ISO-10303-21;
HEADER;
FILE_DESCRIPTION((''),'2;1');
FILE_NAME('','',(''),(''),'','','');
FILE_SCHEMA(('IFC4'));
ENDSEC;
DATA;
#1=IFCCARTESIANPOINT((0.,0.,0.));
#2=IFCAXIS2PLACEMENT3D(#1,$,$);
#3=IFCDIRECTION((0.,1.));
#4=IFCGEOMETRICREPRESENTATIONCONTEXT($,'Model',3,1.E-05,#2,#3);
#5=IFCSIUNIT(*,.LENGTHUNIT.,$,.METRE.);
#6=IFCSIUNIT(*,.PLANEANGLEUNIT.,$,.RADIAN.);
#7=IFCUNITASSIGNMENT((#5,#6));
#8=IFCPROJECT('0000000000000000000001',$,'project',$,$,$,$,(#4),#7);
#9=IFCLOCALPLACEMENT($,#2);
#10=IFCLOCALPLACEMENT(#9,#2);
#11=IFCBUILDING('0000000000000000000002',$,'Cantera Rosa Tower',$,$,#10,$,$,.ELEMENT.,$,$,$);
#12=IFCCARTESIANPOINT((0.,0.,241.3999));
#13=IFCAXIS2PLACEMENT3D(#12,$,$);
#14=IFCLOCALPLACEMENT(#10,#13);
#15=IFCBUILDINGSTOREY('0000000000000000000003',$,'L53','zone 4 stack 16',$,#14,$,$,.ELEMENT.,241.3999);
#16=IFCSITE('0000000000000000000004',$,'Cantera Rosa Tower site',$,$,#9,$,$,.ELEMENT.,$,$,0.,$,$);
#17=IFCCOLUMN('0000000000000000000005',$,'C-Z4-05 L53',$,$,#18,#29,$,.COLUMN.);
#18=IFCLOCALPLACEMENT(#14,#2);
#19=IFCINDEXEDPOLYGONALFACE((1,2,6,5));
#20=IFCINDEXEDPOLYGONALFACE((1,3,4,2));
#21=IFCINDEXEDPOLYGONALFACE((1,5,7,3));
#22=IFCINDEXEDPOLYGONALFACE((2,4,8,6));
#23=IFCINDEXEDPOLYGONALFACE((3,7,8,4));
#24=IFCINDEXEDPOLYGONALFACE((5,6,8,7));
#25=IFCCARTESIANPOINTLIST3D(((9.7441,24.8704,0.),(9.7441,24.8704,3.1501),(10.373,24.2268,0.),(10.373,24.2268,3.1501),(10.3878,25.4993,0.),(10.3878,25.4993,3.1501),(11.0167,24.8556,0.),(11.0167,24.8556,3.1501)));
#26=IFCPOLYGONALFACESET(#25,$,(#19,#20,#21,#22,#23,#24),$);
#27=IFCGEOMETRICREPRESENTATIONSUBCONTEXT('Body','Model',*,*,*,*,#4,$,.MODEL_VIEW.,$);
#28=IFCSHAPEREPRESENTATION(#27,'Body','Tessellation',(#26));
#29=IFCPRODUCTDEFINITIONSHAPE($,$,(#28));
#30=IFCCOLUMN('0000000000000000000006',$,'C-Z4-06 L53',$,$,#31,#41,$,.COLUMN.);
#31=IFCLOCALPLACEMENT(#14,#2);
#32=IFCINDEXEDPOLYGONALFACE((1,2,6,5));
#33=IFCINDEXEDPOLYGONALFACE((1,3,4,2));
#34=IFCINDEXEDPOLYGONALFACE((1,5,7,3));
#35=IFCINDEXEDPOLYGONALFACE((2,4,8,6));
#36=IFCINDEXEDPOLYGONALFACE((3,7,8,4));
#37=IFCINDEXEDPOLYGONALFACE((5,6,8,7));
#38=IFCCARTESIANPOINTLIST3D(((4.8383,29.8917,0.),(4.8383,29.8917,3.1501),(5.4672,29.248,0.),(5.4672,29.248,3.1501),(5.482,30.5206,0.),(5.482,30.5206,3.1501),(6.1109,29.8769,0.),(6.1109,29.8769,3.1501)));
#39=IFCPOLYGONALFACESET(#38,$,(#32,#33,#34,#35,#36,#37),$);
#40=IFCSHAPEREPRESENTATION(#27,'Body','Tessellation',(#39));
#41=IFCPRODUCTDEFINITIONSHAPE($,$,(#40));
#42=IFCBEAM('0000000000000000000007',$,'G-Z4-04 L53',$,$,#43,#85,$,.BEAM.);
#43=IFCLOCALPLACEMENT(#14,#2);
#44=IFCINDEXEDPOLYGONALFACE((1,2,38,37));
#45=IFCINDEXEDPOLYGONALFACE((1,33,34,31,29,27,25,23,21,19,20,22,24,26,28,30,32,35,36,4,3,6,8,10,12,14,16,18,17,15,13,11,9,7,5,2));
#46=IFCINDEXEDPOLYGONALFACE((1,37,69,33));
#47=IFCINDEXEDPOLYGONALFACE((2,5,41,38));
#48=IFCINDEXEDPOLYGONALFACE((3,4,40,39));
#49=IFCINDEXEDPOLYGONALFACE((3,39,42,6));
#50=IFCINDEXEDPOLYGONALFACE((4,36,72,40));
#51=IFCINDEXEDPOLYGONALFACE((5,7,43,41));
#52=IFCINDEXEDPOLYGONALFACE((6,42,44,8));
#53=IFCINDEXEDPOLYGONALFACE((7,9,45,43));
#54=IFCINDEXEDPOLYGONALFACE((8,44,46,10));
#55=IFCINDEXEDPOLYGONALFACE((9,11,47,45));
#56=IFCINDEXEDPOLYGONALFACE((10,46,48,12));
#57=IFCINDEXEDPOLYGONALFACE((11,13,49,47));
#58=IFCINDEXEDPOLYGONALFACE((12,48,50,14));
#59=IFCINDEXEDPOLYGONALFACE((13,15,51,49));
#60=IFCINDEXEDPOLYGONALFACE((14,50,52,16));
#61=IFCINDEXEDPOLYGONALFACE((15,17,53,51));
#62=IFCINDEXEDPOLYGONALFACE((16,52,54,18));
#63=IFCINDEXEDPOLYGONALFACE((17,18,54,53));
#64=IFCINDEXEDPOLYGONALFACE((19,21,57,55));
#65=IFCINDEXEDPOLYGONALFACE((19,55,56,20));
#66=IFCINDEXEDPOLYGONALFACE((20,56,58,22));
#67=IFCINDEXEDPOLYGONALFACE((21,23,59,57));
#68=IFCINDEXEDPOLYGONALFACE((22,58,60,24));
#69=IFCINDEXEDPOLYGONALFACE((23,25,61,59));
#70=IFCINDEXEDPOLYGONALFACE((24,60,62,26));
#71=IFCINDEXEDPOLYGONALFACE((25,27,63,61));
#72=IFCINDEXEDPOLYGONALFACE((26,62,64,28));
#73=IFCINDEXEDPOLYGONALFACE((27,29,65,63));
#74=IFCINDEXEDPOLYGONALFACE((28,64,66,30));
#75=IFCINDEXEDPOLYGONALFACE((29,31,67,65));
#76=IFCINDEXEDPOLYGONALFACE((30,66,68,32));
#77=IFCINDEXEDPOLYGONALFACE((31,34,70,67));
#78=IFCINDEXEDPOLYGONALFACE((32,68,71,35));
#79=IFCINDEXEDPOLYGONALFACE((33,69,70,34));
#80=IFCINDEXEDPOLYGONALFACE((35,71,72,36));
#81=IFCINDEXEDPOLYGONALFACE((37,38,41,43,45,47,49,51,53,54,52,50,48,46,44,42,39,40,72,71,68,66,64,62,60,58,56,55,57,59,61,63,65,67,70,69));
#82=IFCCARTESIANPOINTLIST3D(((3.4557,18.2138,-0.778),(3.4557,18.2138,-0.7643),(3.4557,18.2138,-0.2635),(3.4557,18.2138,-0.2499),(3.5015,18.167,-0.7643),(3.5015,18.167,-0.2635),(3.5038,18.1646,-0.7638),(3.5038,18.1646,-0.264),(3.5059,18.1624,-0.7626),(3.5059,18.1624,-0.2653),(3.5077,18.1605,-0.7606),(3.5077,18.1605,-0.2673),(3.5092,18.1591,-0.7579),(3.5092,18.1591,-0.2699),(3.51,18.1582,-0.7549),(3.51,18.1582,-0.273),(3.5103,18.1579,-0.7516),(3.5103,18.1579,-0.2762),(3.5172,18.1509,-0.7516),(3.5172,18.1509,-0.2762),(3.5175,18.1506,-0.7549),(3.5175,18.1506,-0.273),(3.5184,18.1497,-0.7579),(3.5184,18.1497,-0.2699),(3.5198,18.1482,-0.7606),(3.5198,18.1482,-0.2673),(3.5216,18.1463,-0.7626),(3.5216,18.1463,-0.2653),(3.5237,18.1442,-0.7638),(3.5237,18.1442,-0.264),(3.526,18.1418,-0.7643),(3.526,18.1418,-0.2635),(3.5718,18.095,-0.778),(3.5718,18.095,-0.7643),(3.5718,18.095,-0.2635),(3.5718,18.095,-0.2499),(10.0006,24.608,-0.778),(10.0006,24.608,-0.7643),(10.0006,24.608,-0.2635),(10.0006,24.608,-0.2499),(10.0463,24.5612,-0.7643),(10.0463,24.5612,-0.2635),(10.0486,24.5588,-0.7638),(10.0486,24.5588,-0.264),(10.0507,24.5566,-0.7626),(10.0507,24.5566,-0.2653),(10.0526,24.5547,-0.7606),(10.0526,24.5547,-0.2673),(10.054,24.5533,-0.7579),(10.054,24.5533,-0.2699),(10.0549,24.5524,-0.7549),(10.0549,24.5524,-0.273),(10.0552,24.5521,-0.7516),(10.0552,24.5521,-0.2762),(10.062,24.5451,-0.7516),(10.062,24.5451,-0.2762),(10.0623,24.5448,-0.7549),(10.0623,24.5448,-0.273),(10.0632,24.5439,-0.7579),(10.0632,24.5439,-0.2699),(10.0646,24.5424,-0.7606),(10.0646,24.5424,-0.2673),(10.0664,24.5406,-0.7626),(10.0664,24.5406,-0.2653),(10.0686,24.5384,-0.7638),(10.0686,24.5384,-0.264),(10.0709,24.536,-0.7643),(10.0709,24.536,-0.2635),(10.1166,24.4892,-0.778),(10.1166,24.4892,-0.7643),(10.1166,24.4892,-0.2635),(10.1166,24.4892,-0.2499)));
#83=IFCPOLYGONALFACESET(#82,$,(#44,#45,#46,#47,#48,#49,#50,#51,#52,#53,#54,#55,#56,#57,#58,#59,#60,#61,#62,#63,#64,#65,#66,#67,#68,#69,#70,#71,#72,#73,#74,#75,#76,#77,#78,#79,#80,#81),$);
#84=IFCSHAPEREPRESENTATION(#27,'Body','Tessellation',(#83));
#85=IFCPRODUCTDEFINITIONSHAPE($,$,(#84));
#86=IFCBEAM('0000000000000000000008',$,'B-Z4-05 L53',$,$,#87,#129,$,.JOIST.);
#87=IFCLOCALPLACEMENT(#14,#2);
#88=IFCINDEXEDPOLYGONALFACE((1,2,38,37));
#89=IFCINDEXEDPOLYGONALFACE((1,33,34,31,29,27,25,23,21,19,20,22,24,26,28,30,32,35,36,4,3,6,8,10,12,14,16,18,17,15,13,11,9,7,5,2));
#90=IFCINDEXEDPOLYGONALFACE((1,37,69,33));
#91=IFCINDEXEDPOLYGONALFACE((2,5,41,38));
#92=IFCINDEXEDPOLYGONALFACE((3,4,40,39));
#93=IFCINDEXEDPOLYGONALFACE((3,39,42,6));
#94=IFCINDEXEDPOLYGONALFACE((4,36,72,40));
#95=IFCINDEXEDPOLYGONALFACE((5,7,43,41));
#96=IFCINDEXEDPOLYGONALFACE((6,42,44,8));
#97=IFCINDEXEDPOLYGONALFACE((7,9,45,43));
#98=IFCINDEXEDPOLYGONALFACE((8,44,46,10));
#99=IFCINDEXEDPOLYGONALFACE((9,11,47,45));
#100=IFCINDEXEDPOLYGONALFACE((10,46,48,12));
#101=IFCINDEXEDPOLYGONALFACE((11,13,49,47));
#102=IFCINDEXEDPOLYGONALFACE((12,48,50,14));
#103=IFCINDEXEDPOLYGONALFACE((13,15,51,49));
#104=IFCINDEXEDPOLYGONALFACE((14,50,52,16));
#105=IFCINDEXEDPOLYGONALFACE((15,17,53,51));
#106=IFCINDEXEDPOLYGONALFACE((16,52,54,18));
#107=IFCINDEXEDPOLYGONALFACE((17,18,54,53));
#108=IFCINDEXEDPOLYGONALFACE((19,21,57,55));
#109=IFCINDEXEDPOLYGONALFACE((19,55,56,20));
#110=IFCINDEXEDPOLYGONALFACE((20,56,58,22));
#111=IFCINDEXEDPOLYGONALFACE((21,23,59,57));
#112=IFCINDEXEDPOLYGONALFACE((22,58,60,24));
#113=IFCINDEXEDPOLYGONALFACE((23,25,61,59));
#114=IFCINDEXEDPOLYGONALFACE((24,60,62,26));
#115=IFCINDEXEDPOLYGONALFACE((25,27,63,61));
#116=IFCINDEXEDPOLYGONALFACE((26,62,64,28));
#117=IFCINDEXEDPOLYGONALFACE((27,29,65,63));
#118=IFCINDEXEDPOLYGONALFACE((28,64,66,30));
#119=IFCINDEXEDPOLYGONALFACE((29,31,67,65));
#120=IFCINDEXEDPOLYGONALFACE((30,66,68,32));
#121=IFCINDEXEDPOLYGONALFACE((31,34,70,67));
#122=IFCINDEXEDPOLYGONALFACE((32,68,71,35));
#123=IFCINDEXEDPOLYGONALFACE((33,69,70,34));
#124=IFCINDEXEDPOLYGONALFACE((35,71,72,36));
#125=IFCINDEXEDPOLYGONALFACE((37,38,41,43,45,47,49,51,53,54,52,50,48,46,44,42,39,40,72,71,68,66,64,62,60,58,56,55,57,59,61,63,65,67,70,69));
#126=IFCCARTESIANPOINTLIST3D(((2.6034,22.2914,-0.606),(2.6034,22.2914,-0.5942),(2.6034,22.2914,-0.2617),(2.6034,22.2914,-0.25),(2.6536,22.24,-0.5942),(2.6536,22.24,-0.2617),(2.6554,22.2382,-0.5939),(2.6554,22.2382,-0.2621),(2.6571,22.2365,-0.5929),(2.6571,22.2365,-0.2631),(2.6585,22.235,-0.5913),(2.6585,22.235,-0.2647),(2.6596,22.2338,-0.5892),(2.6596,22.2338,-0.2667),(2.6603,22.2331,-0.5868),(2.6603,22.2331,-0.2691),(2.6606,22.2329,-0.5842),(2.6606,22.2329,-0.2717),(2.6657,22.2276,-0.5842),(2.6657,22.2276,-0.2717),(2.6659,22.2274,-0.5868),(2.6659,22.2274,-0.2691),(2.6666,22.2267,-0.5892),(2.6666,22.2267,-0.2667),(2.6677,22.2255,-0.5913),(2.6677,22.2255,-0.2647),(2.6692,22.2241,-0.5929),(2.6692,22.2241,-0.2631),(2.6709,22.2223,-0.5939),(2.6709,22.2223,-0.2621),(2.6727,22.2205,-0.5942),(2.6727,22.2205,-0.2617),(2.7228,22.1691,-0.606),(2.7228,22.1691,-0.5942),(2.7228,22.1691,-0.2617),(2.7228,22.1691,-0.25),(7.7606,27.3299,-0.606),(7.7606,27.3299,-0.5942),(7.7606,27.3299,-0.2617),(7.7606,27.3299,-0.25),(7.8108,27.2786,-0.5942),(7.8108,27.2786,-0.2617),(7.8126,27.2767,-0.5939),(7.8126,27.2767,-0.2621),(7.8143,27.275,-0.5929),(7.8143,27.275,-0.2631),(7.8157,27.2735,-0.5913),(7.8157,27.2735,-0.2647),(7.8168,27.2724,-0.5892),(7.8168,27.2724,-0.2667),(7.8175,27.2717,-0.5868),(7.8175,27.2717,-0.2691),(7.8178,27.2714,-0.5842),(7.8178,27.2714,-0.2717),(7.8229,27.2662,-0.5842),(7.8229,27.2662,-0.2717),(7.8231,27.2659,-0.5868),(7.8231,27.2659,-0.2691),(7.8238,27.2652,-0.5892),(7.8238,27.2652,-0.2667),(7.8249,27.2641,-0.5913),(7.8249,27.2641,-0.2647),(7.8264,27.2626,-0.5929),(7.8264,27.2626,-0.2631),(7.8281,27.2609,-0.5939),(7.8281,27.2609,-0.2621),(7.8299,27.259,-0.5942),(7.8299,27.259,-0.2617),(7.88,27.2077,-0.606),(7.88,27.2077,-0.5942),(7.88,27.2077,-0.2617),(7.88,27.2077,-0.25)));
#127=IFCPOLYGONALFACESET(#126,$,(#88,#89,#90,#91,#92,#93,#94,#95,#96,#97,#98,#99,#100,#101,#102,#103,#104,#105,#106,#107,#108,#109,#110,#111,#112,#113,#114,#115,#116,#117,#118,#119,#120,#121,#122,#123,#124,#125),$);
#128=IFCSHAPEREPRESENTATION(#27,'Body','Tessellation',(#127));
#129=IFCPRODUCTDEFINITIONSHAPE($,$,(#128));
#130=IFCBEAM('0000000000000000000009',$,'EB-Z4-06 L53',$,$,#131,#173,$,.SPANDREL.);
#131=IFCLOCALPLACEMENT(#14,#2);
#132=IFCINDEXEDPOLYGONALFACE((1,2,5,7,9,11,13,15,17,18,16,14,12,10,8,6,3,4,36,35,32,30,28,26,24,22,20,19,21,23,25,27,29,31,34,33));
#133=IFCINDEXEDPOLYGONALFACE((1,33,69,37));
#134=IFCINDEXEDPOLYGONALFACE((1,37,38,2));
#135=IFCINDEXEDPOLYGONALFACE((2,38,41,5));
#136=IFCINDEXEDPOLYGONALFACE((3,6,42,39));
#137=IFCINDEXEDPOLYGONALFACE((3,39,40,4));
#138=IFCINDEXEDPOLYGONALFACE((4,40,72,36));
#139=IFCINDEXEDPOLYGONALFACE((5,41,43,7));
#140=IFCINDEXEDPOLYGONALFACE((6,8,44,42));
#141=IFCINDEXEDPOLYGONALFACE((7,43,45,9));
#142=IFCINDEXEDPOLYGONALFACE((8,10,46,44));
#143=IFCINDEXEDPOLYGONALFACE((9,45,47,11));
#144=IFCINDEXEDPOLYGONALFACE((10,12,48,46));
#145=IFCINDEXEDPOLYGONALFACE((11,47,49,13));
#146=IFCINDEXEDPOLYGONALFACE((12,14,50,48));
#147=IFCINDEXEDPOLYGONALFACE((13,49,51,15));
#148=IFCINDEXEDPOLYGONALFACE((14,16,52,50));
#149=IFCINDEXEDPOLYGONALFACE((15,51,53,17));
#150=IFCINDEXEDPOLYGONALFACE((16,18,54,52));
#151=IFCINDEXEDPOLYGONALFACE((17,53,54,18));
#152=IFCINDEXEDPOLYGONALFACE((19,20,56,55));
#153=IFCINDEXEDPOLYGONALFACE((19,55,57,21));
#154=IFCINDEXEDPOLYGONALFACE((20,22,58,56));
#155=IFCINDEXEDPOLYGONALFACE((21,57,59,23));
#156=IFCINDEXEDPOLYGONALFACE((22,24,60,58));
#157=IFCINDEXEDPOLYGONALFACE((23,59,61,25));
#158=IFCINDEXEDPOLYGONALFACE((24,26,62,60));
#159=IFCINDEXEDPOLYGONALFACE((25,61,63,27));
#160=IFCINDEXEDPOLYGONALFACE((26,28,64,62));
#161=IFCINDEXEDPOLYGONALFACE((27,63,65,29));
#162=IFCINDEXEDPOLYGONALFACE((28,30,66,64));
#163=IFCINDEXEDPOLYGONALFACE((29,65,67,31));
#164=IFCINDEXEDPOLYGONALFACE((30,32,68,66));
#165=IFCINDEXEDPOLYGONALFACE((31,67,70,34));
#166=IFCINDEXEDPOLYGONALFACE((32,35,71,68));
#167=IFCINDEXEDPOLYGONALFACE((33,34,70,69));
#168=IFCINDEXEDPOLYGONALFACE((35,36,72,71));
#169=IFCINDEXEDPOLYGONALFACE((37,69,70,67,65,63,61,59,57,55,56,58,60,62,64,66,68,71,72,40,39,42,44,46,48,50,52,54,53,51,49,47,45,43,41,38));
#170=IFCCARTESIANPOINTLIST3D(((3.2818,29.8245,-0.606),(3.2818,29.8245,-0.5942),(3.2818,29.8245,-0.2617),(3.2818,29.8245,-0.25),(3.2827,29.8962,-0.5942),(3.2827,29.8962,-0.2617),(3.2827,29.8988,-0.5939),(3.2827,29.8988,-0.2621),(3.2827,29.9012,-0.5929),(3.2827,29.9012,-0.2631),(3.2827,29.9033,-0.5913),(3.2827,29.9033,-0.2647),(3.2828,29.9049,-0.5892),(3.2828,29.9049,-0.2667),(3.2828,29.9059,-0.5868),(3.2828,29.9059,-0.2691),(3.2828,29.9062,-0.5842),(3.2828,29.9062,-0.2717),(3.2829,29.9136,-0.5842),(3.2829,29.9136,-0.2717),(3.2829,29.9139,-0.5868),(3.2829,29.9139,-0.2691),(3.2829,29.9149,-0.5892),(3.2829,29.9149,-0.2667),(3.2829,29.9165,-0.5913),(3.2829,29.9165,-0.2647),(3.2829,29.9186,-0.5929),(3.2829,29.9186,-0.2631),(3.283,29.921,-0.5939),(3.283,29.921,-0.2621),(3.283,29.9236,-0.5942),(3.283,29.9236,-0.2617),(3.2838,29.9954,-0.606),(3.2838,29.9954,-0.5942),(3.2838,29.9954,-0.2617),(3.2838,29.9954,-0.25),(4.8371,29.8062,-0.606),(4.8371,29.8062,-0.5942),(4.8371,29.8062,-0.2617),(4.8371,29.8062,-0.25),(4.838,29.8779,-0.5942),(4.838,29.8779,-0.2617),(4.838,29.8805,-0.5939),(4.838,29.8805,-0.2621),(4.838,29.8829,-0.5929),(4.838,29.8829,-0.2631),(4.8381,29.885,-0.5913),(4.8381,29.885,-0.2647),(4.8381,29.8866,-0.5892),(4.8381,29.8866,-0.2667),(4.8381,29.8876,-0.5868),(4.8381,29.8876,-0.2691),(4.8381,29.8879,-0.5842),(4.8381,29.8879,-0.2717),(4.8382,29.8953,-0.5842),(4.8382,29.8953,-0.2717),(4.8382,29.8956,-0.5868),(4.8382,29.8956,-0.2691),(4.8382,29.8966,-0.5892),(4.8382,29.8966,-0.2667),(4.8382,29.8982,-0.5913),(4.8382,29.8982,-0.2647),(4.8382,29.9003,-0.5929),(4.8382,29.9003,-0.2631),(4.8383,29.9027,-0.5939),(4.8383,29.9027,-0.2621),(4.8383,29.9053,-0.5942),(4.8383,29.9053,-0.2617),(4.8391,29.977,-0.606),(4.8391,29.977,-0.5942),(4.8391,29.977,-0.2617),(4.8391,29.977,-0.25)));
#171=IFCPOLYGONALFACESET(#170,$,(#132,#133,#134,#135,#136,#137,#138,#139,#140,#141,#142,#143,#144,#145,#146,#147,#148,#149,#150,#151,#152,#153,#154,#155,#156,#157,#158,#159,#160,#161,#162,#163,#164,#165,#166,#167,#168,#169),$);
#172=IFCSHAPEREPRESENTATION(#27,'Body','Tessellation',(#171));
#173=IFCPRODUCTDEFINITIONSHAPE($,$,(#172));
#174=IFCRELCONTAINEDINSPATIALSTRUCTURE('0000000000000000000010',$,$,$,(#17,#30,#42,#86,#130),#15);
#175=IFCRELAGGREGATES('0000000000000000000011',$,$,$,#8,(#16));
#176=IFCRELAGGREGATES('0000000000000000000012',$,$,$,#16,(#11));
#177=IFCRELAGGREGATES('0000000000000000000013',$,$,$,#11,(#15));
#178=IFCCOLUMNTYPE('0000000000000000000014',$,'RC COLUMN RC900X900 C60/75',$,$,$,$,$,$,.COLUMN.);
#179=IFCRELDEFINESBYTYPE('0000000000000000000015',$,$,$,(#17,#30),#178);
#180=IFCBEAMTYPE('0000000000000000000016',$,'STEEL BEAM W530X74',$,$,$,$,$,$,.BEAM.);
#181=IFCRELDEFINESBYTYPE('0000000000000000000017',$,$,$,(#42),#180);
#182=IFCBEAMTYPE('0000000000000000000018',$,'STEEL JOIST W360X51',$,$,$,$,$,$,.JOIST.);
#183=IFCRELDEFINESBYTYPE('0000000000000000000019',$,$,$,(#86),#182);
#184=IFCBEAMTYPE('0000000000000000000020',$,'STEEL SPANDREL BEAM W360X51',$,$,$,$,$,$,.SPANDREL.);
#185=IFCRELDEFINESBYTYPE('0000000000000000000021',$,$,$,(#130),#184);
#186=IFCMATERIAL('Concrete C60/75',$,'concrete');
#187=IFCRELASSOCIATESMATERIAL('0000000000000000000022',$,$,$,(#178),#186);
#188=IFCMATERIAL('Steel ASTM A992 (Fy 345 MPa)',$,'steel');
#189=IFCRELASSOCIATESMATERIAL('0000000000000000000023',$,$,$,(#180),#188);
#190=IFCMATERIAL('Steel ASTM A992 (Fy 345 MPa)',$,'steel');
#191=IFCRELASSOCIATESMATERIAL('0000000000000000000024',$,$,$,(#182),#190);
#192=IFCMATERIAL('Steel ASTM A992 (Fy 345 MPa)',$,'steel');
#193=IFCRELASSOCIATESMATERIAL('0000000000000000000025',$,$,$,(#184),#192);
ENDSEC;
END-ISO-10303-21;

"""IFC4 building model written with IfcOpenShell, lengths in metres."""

from ifc_helpers import new_model, si_unit, direction, frame, origin, origin_2d, place, context, subcontext, project, spatial, rectangle, i_section, extrude, material, material_profile, profile_set, type_object, element, save


model = new_model("IFC4")

# Units and contexts
model_context = context("Model", 3, precision=1e-05, world=origin(), true_north=direction((0.0, 1.0)))
body_context = subcontext(model_context, "Body", "Model", "MODEL_VIEW")
ifc_project = project(units=[si_unit("LENGTHUNIT", "METRE"), si_unit("PLANEANGLEUNIT", "RADIAN")], contexts=[model_context])

# Site, building, storey
site_placement = place(None, origin())
site = spatial("IfcSite", under=ifc_project, at=site_placement, Name="Cantera Rosa Tower site", CompositionType="ELEMENT", RefElevation=0.0)
building_placement = place(site_placement, origin())
building = spatial("IfcBuilding", under=site, at=building_placement, Name="Cantera Rosa Tower", CompositionType="ELEMENT")
storey_placement = place(building_placement, frame((0.0, 0.0, 241.3999)))
storey = spatial("IfcBuildingStorey", under=building, at=storey_placement, Name="L53", Description="zone 4 stack 16", CompositionType="ELEMENT", Elevation=241.3999)

# Columns
ifc_material_1 = material(Name="Concrete C60/75", Category="concrete")
ifc_material_profile_1 = material_profile(ifc_material_1, rectangle(XDim=0.8999, YDim=0.8999, at=origin_2d()), Name="RC COLUMN RC900X900 C60/75")
ifc_profile_set_1 = profile_set([ifc_material_profile_1], Name="Concrete C60/75")
column_type = type_object("IfcColumnType", Name="RC COLUMN RC900X900 C60/75", PredefinedType="COLUMN", material=ifc_profile_set_1)
for number, where, z_axis, x_axis, name in (
    (1, (10.3804, 24.863, 0.0), (0.0, 0.0, 1.0), (0.715286, 0.698832, 0.0), "C-Z4-05 L53"),
    (2, (5.4746, 29.8843, 0.0), (0.0, 0.0, 1.0), (0.715286, 0.698832, 0.0), "C-Z4-06 L53"),
):
    element("IfcColumn", number, at=place(storey_placement, frame(where, z_axis=z_axis, x_axis=x_axis)), inside=storey, type_object=column_type, Name=name, PredefinedType="COLUMN", context=body_context, shape_type="SweptSolid", body=[
        extrude(rectangle(XDim=0.8999, YDim=0.8999, at=origin_2d()), origin(), (0.0, 0.0, 1.0), 3.1501),
    ])

# Beams
ifc_material_2 = material(Name="Steel ASTM A992 (Fy 345 MPa)", Category="steel")
ifc_material_profile_2 = material_profile(ifc_material_2, i_section(OverallWidth=0.166, OverallDepth=0.5281, WebThickness=0.0098, FlangeThickness=0.0137, FilletRadius=0.0127, at=origin_2d()), Name="W530X74")
ifc_profile_set_2 = profile_set([ifc_material_profile_2], Name="Steel ASTM A992 (Fy 345 MPa)")
beam_type_1 = type_object("IfcBeamType", Name="STEEL BEAM W530X74", PredefinedType="BEAM", material=ifc_profile_set_2)
beam_1_placement = place(storey_placement, frame((10.0586, 24.5486, -0.5139), z_axis=(-0.71529, -0.698827, 0.0), x_axis=(0.698827, -0.71529, 0.0)))
element("IfcBeam", 3, at=beam_1_placement, inside=storey, type_object=beam_type_1, Name="G-Z4-04 L53", PredefinedType="BEAM", context=body_context, shape_type="SweptSolid", body=[
    extrude(i_section(OverallWidth=0.166, OverallDepth=0.5281, WebThickness=0.0098, FlangeThickness=0.0137, FilletRadius=0.0127, at=origin_2d()), origin(), (0.0, 0.0, 1.0), 9.1499),
])
ifc_material_3 = material(Name="Steel ASTM A992 (Fy 345 MPa)", Category="steel")
ifc_material_profile_3 = material_profile(ifc_material_3, i_section(OverallWidth=0.1709, OverallDepth=0.356, WebThickness=0.0073, FlangeThickness=0.0117, FilletRadius=0.01, at=origin_2d()), Name="W360X51")
ifc_profile_set_3 = profile_set([ifc_material_profile_3], Name="Steel ASTM A992 (Fy 345 MPa)")
beam_type_2 = type_object("IfcBeamType", Name="STEEL JOIST W360X51", PredefinedType="JOIST", material=ifc_profile_set_3)
beam_2_placement = place(storey_placement, frame((7.8203, 27.2688, -0.428), z_axis=(-0.715287, -0.698831, 0.0), x_axis=(0.698831, -0.715287, 0.0)))
element("IfcBeam", 4, at=beam_2_placement, inside=storey, type_object=beam_type_2, Name="B-Z4-05 L53", PredefinedType="JOIST", context=body_context, shape_type="SweptSolid", body=[
    extrude(i_section(OverallWidth=0.1709, OverallDepth=0.356, WebThickness=0.0073, FlangeThickness=0.0117, FilletRadius=0.01, at=origin_2d()), origin(), (0.0, 0.0, 1.0), 7.21),
])
ifc_material_4 = material(Name="Steel ASTM A992 (Fy 345 MPa)", Category="steel")
ifc_material_profile_4 = material_profile(ifc_material_4, i_section(OverallWidth=0.1709, OverallDepth=0.356, WebThickness=0.0073, FlangeThickness=0.0117, FilletRadius=0.01, at=origin_2d()), Name="W360X51")
ifc_profile_set_4 = profile_set([ifc_material_profile_4], Name="Steel ASTM A992 (Fy 345 MPa)")
beam_type_3 = type_object("IfcBeamType", Name="STEEL SPANDREL BEAM W360X51", PredefinedType="SPANDREL", material=ifc_profile_set_4)
beam_3_placement = place(storey_placement, frame((4.8381, 29.8916, -0.428), z_axis=(-0.999931, 0.011771, 0.0), x_axis=(-0.011771, -0.999931, 0.0)))
element("IfcBeam", 5, at=beam_3_placement, inside=storey, type_object=beam_type_3, Name="EB-Z4-06 L53", PredefinedType="SPANDREL", context=body_context, shape_type="SweptSolid", body=[
    extrude(i_section(OverallWidth=0.1709, OverallDepth=0.356, WebThickness=0.0073, FlangeThickness=0.0117, FilletRadius=0.01, at=origin_2d()), origin(), (0.0, 0.0, 1.0), 1.5554),
])

save(model, "model.ifc")
